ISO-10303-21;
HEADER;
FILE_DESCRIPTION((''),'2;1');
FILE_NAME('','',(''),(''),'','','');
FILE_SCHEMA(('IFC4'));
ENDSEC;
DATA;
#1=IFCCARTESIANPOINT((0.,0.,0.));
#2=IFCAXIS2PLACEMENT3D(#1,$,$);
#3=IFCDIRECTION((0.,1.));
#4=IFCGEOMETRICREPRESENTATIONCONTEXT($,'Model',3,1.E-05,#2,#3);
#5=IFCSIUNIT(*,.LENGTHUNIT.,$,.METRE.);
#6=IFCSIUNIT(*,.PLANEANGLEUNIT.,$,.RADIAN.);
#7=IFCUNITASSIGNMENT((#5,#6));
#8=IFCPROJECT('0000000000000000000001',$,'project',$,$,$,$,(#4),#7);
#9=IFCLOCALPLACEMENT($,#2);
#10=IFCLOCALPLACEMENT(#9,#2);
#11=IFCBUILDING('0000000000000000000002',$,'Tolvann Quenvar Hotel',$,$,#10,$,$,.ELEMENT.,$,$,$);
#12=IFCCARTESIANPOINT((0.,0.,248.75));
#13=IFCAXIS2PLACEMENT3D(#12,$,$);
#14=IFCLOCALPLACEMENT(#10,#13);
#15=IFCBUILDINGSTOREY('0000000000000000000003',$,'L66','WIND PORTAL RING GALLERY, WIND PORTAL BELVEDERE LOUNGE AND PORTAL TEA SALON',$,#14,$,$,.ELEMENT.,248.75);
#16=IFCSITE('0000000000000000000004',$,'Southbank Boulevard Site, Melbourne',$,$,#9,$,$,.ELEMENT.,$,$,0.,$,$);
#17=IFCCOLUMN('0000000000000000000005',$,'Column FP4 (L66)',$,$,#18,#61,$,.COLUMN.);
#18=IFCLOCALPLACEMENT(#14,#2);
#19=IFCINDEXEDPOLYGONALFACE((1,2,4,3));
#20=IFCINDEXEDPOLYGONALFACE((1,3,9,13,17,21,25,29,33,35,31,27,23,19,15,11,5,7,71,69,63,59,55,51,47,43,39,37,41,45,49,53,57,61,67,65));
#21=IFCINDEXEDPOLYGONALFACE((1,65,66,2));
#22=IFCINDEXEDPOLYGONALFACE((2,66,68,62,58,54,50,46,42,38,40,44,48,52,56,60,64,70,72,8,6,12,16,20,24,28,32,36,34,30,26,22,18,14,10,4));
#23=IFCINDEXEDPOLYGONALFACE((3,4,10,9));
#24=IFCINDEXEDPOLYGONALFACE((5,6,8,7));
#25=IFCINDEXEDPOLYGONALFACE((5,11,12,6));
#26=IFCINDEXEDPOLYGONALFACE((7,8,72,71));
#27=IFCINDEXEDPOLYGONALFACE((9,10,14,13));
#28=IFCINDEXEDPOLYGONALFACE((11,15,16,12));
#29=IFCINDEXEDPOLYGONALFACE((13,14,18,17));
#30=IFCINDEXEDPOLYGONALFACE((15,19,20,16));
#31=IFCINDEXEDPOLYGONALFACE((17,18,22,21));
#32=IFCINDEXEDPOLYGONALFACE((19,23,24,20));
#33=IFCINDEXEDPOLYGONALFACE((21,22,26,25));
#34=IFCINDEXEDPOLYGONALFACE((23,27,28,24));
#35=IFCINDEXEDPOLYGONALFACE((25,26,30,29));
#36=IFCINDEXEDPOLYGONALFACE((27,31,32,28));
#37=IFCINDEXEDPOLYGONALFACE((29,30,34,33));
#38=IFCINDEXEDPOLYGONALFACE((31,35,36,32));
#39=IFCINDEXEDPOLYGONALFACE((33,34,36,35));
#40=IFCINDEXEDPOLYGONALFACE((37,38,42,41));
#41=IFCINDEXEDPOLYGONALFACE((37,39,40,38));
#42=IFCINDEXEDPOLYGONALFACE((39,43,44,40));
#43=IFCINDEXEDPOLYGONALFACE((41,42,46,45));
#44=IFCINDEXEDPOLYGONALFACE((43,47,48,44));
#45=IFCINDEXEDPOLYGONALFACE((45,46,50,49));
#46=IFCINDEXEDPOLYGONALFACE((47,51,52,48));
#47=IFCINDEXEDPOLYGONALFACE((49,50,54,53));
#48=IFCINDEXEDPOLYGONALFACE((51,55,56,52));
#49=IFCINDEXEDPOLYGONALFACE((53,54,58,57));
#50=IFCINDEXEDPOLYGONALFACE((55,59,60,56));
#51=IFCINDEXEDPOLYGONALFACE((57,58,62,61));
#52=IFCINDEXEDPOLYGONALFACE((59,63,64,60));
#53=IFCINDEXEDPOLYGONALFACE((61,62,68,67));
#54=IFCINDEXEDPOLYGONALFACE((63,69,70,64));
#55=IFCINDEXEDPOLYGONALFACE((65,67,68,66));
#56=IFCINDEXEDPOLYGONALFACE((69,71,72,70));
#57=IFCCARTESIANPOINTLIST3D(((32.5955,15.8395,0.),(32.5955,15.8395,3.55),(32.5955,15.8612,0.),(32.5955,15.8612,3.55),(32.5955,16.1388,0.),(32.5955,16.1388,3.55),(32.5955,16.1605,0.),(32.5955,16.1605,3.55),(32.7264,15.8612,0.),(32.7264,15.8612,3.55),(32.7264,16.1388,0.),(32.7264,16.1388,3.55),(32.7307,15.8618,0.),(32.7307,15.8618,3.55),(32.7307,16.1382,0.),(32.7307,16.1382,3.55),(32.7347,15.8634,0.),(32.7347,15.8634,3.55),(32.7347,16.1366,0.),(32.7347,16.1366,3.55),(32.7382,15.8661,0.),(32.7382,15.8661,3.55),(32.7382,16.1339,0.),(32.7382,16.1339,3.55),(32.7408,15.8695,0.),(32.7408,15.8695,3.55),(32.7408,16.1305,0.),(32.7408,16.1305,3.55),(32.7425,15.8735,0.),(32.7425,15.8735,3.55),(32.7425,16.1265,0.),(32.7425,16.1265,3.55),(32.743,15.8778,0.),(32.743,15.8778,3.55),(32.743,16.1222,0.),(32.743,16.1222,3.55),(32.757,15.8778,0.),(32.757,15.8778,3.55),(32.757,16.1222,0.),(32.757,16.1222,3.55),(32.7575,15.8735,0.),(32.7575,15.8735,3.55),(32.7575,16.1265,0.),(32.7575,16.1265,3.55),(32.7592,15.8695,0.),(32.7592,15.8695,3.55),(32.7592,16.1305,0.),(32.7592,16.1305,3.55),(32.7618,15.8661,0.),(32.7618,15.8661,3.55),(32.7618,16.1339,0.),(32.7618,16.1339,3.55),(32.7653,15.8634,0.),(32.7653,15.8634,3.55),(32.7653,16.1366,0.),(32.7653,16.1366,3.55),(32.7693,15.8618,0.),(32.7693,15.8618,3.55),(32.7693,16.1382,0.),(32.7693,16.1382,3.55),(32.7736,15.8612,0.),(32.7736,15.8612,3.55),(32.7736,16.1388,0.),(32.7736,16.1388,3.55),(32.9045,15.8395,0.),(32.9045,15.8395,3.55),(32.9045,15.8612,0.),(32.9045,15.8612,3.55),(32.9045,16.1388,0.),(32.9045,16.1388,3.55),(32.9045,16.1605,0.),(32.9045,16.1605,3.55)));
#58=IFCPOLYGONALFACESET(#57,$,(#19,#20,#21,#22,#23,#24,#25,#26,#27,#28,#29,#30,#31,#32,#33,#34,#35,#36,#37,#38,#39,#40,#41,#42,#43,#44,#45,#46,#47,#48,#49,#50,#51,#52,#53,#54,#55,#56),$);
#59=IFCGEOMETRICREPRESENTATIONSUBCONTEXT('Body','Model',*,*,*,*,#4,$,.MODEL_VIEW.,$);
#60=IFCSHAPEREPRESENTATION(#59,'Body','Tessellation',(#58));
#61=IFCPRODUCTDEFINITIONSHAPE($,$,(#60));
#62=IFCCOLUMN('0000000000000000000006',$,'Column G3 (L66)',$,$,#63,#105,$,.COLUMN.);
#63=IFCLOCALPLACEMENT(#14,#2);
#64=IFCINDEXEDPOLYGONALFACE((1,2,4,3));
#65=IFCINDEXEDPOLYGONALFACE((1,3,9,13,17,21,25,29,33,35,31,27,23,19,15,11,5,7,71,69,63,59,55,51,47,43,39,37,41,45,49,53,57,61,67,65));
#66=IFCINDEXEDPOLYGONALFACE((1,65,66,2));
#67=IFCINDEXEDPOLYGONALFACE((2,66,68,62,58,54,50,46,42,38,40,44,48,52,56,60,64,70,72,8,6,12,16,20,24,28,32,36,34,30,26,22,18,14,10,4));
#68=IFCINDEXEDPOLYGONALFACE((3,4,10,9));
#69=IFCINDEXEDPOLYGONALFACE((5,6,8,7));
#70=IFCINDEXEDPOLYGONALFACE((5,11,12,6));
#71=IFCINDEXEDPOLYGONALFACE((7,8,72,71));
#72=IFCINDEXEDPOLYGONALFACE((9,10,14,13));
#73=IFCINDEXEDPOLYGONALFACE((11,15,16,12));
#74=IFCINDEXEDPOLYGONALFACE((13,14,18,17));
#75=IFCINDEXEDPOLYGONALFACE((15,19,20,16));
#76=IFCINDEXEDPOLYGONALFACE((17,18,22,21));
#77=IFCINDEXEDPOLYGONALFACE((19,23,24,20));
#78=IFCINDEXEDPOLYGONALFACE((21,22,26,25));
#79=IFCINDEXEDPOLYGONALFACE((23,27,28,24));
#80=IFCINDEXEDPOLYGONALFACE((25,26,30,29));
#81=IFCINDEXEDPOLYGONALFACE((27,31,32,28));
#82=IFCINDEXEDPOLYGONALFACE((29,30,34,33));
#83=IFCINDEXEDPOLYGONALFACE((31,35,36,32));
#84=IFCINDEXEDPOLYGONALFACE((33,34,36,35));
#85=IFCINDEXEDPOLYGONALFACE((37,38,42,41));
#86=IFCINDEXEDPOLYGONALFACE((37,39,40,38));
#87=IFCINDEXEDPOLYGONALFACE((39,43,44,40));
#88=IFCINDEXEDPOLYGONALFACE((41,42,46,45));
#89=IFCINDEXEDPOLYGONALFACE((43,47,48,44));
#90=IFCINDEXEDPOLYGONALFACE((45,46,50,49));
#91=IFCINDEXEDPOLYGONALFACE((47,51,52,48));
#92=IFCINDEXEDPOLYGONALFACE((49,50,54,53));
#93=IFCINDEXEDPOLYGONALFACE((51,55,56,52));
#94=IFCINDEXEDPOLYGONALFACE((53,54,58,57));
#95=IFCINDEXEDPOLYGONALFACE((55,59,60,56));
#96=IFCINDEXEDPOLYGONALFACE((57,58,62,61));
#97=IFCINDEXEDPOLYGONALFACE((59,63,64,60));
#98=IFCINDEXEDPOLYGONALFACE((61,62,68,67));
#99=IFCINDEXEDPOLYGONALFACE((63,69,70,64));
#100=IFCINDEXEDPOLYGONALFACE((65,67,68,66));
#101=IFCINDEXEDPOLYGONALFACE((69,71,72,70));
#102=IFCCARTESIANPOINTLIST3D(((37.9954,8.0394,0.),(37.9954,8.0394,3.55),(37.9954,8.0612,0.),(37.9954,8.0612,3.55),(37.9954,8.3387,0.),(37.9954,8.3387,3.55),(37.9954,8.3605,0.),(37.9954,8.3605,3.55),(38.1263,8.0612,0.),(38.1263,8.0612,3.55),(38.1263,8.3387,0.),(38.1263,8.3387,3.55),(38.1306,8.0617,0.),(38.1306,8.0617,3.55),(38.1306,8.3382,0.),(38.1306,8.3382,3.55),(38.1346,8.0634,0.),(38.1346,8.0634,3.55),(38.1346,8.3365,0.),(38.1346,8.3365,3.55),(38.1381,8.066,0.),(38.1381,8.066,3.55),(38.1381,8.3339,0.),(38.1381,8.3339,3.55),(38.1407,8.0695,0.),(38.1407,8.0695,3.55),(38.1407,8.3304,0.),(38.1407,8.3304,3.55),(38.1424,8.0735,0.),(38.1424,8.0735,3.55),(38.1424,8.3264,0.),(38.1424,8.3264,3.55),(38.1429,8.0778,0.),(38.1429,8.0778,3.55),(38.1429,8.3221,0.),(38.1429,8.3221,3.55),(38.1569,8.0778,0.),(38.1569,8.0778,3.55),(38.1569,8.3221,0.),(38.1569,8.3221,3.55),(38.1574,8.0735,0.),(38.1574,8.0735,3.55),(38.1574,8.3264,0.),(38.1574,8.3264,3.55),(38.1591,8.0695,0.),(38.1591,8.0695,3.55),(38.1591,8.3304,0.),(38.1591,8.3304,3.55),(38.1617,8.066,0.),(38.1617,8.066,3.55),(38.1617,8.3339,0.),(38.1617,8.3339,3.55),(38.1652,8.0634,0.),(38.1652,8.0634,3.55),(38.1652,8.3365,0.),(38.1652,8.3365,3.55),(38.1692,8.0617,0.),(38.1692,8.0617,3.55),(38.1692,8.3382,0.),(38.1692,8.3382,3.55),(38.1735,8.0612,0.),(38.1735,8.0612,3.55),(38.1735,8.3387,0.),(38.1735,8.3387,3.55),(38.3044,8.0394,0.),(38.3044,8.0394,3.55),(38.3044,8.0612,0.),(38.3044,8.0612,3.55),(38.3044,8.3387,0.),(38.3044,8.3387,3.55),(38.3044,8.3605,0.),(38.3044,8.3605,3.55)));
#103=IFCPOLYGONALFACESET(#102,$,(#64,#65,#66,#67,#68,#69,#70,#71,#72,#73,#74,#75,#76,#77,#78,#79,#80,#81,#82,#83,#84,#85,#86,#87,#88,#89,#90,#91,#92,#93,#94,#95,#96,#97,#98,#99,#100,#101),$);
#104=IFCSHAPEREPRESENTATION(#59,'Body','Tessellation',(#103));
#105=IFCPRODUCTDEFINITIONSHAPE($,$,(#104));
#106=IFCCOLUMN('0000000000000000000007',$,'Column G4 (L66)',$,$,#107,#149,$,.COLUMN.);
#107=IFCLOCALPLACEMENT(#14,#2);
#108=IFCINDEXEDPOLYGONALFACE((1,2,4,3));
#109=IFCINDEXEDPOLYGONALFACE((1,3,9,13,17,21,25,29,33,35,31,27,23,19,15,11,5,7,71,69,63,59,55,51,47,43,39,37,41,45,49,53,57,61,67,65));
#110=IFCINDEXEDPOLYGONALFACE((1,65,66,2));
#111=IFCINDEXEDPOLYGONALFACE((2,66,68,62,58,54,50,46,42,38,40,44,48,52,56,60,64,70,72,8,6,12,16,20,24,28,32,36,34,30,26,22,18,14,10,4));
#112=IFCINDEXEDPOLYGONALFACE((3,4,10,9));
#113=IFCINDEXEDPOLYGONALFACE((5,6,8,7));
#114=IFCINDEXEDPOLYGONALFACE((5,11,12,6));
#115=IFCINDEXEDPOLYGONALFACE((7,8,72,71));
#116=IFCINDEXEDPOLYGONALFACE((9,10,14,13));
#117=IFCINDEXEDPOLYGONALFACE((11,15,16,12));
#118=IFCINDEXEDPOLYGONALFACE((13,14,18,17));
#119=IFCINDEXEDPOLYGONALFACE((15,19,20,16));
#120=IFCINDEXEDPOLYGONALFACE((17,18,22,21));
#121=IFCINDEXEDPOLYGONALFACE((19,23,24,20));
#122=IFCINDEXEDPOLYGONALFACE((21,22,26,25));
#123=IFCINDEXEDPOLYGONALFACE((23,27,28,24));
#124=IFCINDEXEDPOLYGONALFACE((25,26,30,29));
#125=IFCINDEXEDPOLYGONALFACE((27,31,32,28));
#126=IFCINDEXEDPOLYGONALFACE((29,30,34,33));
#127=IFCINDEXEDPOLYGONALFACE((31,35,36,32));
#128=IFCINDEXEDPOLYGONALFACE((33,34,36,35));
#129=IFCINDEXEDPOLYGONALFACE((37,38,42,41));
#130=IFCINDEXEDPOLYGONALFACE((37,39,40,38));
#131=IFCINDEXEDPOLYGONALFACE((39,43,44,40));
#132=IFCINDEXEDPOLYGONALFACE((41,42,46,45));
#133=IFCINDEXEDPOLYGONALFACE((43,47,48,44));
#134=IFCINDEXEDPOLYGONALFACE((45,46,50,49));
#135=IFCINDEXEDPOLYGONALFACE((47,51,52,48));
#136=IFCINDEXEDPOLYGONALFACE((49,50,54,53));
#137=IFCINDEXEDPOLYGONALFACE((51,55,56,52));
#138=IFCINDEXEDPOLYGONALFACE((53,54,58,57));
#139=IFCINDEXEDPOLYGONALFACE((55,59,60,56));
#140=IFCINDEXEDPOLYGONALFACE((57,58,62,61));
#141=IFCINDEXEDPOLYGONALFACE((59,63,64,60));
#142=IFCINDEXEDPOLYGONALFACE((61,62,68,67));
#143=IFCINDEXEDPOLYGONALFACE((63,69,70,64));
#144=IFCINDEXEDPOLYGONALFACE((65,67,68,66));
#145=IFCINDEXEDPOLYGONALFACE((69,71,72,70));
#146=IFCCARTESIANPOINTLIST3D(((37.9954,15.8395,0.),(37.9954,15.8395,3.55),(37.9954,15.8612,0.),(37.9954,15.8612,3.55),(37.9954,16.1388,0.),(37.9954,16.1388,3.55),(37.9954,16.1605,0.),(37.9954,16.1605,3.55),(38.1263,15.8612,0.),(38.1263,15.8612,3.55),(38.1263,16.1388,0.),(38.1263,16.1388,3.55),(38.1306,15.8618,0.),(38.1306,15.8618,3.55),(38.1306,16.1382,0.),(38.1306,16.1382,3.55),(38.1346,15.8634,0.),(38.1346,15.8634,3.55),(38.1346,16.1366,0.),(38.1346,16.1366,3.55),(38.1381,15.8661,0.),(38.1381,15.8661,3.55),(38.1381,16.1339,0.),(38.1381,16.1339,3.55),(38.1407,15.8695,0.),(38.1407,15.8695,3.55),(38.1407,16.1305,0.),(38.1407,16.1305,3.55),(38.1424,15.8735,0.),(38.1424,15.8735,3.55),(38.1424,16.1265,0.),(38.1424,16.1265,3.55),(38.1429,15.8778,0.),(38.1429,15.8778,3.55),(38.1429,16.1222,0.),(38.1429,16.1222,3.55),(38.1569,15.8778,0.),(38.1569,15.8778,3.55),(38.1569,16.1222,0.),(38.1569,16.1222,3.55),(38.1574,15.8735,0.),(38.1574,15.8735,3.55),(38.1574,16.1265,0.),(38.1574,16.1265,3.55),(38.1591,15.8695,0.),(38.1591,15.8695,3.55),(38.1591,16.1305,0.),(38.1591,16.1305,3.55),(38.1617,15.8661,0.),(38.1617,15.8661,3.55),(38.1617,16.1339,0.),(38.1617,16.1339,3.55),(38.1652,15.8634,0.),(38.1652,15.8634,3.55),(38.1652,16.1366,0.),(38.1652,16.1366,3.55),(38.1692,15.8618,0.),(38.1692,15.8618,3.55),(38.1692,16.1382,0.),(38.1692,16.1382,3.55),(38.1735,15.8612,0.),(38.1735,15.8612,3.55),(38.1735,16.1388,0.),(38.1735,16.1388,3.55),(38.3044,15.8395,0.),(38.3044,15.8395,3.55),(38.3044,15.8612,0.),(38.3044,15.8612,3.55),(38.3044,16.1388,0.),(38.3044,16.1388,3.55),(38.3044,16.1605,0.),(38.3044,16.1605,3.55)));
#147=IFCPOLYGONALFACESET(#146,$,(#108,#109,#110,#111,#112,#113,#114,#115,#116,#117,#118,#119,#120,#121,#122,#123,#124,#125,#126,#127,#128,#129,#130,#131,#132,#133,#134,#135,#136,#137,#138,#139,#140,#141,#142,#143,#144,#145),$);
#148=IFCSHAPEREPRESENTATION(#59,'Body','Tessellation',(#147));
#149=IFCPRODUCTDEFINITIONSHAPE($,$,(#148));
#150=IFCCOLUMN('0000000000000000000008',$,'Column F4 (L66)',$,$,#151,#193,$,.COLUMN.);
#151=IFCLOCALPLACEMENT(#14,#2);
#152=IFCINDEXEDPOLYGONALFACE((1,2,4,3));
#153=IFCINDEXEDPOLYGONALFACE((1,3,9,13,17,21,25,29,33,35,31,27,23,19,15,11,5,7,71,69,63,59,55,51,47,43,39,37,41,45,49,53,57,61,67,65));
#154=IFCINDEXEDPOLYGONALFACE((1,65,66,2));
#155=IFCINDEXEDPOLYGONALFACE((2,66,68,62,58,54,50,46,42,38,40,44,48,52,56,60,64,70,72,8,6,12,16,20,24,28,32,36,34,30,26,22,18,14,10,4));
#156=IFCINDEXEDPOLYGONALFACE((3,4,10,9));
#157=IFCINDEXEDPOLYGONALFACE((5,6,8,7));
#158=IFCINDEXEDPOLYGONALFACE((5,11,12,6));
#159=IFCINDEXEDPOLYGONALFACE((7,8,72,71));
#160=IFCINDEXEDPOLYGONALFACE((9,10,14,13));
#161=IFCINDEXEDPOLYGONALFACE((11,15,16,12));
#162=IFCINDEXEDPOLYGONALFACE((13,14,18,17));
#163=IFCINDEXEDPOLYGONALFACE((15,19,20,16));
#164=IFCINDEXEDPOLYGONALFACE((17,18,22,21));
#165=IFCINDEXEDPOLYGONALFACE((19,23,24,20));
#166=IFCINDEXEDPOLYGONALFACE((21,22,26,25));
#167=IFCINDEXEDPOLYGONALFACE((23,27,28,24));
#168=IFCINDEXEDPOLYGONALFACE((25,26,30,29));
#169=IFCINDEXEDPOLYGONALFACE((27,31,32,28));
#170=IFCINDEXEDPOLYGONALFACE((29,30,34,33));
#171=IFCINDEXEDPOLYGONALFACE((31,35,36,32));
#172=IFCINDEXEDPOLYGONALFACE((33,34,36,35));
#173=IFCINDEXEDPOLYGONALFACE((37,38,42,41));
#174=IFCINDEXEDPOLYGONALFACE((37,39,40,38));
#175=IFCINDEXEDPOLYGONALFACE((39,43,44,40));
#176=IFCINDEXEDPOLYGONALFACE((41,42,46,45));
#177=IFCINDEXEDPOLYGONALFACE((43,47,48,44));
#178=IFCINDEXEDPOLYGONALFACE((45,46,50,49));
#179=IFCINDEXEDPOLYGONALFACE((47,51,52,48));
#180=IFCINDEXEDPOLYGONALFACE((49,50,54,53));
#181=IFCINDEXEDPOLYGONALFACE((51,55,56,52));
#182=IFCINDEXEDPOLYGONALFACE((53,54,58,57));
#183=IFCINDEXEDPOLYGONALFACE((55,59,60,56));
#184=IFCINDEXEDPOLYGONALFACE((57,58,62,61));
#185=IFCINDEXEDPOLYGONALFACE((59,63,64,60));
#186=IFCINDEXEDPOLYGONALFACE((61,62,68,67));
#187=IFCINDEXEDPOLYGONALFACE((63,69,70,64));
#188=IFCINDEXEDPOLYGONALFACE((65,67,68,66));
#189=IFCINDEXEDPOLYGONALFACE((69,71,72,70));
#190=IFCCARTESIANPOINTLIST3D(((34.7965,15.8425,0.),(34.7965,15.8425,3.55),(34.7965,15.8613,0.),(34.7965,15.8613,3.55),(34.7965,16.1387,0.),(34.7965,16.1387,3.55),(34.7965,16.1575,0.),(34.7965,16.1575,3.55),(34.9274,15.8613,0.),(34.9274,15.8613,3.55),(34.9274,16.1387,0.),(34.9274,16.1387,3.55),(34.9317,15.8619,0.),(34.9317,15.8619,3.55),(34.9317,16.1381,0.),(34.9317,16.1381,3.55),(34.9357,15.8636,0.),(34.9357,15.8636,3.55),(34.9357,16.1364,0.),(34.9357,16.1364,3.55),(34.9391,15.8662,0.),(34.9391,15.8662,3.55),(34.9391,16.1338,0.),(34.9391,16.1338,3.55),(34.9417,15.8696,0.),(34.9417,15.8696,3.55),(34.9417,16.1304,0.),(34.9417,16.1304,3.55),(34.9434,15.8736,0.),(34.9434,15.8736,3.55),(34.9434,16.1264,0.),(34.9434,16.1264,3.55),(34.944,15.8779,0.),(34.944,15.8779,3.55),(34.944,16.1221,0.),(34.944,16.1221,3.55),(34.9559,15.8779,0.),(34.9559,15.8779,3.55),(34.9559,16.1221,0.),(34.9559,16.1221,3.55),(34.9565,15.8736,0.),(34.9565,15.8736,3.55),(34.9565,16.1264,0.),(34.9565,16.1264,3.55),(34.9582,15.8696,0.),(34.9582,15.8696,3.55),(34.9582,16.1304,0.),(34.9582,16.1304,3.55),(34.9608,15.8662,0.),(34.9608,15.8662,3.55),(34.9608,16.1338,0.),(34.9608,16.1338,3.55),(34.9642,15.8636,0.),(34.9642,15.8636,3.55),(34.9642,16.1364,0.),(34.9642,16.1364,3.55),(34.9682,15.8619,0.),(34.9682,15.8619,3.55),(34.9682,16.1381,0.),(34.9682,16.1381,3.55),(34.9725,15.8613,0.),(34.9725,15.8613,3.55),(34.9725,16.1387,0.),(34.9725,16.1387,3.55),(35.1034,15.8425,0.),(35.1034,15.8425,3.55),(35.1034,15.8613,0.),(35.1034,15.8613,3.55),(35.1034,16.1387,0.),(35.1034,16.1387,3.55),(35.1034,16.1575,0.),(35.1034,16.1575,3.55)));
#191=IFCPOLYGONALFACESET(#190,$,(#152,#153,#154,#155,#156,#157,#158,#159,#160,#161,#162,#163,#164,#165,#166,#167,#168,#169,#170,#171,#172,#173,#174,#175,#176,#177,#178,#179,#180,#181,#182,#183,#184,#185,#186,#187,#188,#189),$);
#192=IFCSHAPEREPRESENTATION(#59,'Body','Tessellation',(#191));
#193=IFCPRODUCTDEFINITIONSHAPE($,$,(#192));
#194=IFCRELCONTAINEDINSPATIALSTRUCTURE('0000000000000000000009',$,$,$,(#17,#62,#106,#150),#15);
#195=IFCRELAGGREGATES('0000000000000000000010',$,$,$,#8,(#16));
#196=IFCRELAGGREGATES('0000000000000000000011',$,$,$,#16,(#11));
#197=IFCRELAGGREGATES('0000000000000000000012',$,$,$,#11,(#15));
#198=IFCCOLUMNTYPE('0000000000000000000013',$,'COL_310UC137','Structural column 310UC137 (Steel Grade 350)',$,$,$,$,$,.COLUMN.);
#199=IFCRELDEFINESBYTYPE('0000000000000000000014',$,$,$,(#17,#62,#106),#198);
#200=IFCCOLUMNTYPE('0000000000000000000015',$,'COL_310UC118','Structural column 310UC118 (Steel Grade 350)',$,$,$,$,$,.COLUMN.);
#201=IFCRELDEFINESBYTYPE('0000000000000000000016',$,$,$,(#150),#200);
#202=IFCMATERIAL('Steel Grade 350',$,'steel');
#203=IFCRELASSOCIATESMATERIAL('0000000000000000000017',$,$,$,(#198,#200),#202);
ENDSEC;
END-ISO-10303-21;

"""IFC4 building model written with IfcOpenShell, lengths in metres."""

from ifc_helpers import new_model, si_unit, direction, frame, origin, origin_2d, place, context, subcontext, project, spatial, i_section, extrude, source, transform, mapped, material, material_profile, profile_set, type_object, type_shapes, element, save


model = new_model("IFC4")

# Units and contexts
model_context = context("Model", 3, precision=1e-05, world=origin(), true_north=direction((0.0, 1.0)))
body_context = subcontext(model_context, "Body", "Model", "MODEL_VIEW")
ifc_project = project(units=[si_unit("LENGTHUNIT", "METRE"), si_unit("PLANEANGLEUNIT", "RADIAN")], contexts=[model_context])

# Site, building, storey
site_placement = place(None, origin())
site = spatial("IfcSite", under=ifc_project, at=site_placement, Name="Southbank Boulevard Site, Melbourne", CompositionType="ELEMENT", RefElevation=0.0)
building_placement = place(site_placement, origin())
building = spatial("IfcBuilding", under=site, at=building_placement, Name="Tolvann Quenvar Hotel", CompositionType="ELEMENT")
storey_placement = place(building_placement, frame((0.0, 0.0, 248.75)))
storey = spatial("IfcBuildingStorey", under=building, at=storey_placement, Name="L66", Description="WIND PORTAL RING GALLERY, WIND PORTAL BELVEDERE LOUNGE AND PORTAL TEA SALON", CompositionType="ELEMENT", Elevation=248.75)

# Columns
ifc_material_1 = material(Name="Steel Grade 350", Category="steel")
ifc_material_profile_1 = material_profile(ifc_material_1, i_section(OverallWidth=0.3091, OverallDepth=0.321, WebThickness=0.0139, FlangeThickness=0.0217, FilletRadius=0.0166, at=origin_2d()), Name="310UC137")
ifc_profile_set_1 = profile_set([ifc_material_profile_1], Name="Steel Grade 350")
column_type_1 = type_object("IfcColumnType", Name="COL_310UC137", Description="Structural column 310UC137 (Steel Grade 350)", PredefinedType="COLUMN", material=ifc_profile_set_1)
shared_shape_1 = source(origin(), body_context, "Body", "SweptSolid", [
    extrude(i_section(OverallWidth=0.3091, OverallDepth=0.321, WebThickness=0.0139, FlangeThickness=0.0217, FilletRadius=0.0166, at=origin_2d()), origin(), (0.0, 0.0, 1.0), 3.55),
])
type_shapes(column_type_1, [shared_shape_1])
for number, where, z_axis, x_axis, name in (
    (1, (32.75, 16.0, 0.0), (0.0, 0.0, 1.0), (1.0, 0.0, 0.0), "Column FP4 (L66)"),
    (2, (38.1499, 8.2, 0.0), (0.0, 0.0, 1.0), (1.0, 0.0, 0.0), "Column G3 (L66)"),
    (3, (38.1499, 16.0, 0.0), (0.0, 0.0, 1.0), (1.0, 0.0, 0.0), "Column G4 (L66)"),
):
    element("IfcColumn", number, at=place(storey_placement, frame(where, z_axis=z_axis, x_axis=x_axis)), inside=storey, type_object=column_type_1, Name=name, PredefinedType="COLUMN", context=body_context, shape_type="MappedRepresentation", body=[
        mapped(shared_shape_1, transform((0.0, 0.0, 0.0), x_axis=(1.0, 0.0, 0.0), y_axis=(0.0, 1.0, 0.0), z_axis=(0.0, 0.0, 1.0), scale=1.0)),
    ])
ifc_material_profile_2 = material_profile(ifc_material_1, i_section(OverallWidth=0.3069, OverallDepth=0.3149, WebThickness=0.012, FlangeThickness=0.0188, FilletRadius=0.0166, at=origin_2d()), Name="310UC118")
ifc_profile_set_2 = profile_set([ifc_material_profile_2], Name="Steel Grade 350")
column_type_2 = type_object("IfcColumnType", Name="COL_310UC118", Description="Structural column 310UC118 (Steel Grade 350)", PredefinedType="COLUMN", material=ifc_profile_set_2)
shared_shape_2 = source(origin(), body_context, "Body", "SweptSolid", [
    extrude(i_section(OverallWidth=0.3069, OverallDepth=0.3149, WebThickness=0.012, FlangeThickness=0.0188, FilletRadius=0.0166, at=origin_2d()), origin(), (0.0, 0.0, 1.0), 3.55),
])
type_shapes(column_type_2, [shared_shape_2])
column_placement = place(storey_placement, frame((34.95, 16.0, 0.0), z_axis=(0.0, 0.0, 1.0), x_axis=(1.0, 0.0, 0.0)))
element("IfcColumn", 4, at=column_placement, inside=storey, type_object=column_type_2, Name="Column F4 (L66)", PredefinedType="COLUMN", context=body_context, shape_type="MappedRepresentation", body=[
    mapped(shared_shape_2, transform((0.0, 0.0, 0.0), x_axis=(1.0, 0.0, 0.0), y_axis=(0.0, 1.0, 0.0), z_axis=(0.0, 0.0, 1.0), scale=1.0)),
])

save(model, "model.ifc")
